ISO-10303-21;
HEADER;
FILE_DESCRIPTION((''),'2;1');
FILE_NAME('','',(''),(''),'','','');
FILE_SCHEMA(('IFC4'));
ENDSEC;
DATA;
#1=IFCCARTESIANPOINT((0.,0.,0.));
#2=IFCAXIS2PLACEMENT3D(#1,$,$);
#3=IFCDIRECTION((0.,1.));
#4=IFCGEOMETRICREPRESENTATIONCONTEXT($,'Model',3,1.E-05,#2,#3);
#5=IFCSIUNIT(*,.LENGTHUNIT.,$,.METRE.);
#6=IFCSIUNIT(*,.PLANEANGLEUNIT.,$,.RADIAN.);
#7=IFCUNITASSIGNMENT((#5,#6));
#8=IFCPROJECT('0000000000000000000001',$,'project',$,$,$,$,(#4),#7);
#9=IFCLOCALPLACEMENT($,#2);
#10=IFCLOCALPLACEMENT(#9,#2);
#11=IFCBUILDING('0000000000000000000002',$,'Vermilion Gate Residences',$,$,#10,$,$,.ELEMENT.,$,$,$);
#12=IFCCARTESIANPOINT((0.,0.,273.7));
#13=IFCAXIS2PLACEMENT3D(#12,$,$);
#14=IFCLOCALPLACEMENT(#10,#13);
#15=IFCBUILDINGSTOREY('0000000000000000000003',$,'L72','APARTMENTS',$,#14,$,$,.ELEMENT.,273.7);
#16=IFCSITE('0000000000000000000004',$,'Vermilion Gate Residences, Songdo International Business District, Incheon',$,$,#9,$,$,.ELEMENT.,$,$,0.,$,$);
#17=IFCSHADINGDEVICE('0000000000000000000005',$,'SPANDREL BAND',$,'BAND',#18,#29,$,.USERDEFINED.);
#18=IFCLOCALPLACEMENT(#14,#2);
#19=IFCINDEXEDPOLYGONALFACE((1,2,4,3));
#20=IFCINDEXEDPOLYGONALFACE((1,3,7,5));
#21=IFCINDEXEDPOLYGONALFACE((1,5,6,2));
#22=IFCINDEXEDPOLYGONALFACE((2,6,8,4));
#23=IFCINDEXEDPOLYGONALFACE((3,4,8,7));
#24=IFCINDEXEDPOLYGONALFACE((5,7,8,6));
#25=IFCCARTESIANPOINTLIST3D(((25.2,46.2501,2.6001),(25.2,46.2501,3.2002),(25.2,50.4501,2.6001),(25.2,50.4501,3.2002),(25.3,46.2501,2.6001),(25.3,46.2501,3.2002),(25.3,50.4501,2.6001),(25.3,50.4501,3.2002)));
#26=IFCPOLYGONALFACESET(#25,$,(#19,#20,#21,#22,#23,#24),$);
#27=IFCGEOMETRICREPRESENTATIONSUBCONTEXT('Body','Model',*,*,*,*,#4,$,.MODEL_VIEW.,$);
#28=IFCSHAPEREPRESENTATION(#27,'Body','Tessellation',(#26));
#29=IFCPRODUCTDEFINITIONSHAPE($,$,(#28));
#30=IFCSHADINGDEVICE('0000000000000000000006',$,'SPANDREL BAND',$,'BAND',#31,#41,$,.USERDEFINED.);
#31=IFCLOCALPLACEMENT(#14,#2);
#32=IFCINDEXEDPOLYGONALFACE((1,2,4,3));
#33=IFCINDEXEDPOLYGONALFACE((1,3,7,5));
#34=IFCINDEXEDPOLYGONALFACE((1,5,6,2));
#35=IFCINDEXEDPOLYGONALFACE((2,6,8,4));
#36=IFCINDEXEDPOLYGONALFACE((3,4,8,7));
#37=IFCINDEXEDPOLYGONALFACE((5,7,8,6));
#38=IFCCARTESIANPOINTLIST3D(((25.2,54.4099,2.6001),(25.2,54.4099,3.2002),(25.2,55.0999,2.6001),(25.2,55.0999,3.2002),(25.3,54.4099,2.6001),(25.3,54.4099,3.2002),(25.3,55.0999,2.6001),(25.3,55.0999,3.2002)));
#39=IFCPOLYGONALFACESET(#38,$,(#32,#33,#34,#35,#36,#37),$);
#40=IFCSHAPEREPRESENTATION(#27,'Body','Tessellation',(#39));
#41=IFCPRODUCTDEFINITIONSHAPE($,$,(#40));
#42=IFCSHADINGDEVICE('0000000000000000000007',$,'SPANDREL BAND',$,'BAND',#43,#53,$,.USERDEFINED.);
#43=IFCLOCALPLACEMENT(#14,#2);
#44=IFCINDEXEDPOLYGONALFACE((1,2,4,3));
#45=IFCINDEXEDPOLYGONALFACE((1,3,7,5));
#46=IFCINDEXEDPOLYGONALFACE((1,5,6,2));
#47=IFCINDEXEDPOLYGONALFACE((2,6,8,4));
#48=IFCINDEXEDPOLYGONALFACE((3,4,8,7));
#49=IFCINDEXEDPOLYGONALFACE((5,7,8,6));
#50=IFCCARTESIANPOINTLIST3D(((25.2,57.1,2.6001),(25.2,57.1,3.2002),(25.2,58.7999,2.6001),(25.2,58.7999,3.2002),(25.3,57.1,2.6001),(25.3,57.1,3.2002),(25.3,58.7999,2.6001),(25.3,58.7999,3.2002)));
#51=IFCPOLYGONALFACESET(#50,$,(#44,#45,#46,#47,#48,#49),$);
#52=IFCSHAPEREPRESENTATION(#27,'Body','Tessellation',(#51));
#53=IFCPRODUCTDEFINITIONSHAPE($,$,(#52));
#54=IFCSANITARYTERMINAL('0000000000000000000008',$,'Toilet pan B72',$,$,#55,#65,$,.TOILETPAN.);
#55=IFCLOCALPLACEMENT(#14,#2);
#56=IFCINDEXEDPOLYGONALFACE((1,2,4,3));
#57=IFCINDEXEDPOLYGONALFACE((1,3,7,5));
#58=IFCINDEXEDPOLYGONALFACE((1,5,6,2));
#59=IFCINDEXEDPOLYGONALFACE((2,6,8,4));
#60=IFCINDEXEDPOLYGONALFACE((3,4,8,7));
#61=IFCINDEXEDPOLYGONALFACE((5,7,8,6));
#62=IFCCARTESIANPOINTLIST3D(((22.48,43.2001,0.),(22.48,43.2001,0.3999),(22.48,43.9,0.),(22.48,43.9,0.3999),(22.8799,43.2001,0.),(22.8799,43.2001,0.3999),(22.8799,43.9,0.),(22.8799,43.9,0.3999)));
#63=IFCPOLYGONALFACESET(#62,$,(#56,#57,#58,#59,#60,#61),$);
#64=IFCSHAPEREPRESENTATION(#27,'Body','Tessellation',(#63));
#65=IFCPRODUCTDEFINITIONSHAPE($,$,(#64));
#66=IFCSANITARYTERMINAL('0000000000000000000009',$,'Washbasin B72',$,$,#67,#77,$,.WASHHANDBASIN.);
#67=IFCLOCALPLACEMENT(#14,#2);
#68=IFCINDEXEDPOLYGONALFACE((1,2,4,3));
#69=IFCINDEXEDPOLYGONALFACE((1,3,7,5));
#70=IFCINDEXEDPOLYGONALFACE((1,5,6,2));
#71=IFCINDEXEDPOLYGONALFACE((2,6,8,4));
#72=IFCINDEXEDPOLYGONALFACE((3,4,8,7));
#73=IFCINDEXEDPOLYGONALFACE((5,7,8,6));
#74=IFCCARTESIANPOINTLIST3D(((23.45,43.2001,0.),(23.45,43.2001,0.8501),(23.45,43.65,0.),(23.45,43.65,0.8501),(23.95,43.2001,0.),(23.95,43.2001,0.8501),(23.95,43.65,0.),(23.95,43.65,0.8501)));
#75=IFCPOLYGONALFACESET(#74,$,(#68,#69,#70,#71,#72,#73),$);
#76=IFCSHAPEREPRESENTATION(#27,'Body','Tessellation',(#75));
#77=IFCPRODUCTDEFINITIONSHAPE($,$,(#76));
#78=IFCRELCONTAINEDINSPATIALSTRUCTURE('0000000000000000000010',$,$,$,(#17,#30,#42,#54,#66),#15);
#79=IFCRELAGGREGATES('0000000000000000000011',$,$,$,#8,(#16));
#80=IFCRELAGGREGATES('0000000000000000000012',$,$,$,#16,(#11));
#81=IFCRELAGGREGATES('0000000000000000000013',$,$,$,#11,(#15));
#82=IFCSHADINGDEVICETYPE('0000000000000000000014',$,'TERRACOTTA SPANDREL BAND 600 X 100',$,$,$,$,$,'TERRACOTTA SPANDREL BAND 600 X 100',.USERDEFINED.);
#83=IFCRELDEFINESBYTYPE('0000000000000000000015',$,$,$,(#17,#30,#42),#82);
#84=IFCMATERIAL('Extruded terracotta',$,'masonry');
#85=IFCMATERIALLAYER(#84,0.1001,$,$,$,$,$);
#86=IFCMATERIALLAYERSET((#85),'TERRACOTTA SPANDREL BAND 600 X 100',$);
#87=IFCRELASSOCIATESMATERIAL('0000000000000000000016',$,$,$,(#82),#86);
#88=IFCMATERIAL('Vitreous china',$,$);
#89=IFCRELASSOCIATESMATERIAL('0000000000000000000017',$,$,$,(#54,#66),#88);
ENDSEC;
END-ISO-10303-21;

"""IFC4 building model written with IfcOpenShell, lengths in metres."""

from ifc_helpers import new_model, si_unit, direction, frame, origin, origin_2d, place, context, subcontext, project, spatial, rectangle, extrude, material, layer, layer_set, type_object, element, save


model = new_model("IFC4")

# Units and contexts
model_context = context("Model", 3, precision=1e-05, world=origin(), true_north=direction((0.0, 1.0)))
body_context = subcontext(model_context, "Body", "Model", "MODEL_VIEW")
ifc_project = project(units=[si_unit("LENGTHUNIT", "METRE"), si_unit("PLANEANGLEUNIT", "RADIAN")], contexts=[model_context])

# Site, building, storey
site_placement = place(None, origin())
site = spatial("IfcSite", under=ifc_project, at=site_placement, Name="Vermilion Gate Residences, Songdo International Business District, Incheon", CompositionType="ELEMENT", RefElevation=0.0)
building_placement = place(site_placement, origin())
building = spatial("IfcBuilding", under=site, at=building_placement, Name="Vermilion Gate Residences", CompositionType="ELEMENT")
storey_placement = place(building_placement, frame((0.0, 0.0, 273.7)))
storey = spatial("IfcBuildingStorey", under=building, at=storey_placement, Name="L72", Description="APARTMENTS", CompositionType="ELEMENT", Elevation=273.7)

# Shading devices
ifc_material_1 = material(Name="Extruded terracotta", Category="masonry")
ifc_layer_1 = layer(ifc_material_1, 0.1001)
ifc_layer_set_1 = layer_set([ifc_layer_1], Name="TERRACOTTA SPANDREL BAND 600 X 100")
shading_device_type_1 = type_object("IfcShadingDeviceType", Name="TERRACOTTA SPANDREL BAND 600 X 100", ElementType="TERRACOTTA SPANDREL BAND 600 X 100", PredefinedType="USERDEFINED", material=ifc_layer_set_1)
shading_device_1_placement = place(storey_placement, frame((25.25, 48.3501, 2.6001), z_axis=(0.0, 0.0, 1.0), x_axis=(0.0, 1.0, 0.0)))
element("IfcShadingDevice", 1, at=shading_device_1_placement, inside=storey, type_object=shading_device_type_1, Name="SPANDREL BAND", ObjectType="BAND", PredefinedType="USERDEFINED", context=body_context, shape_type="SweptSolid", body=[
    extrude(rectangle(XDim=4.2, YDim=0.1001, at=origin_2d()), origin(), (0.0, 0.0, 1.0), 0.6001),
])
shading_device_2_placement = place(storey_placement, frame((25.25, 54.7549, 2.6001), z_axis=(0.0, 0.0, 1.0), x_axis=(0.0, 1.0, 0.0)))
element("IfcShadingDevice", 2, at=shading_device_2_placement, inside=storey, type_object=shading_device_type_1, Name="SPANDREL BAND", ObjectType="BAND", PredefinedType="USERDEFINED", context=body_context, shape_type="SweptSolid", body=[
    extrude(rectangle(XDim=0.6899, YDim=0.1001, at=origin_2d()), origin(), (0.0, 0.0, 1.0), 0.6001),
])
shading_device_3_placement = place(storey_placement, frame((25.25, 57.95, 2.6001), z_axis=(0.0, 0.0, 1.0), x_axis=(0.0, 1.0, 0.0)))
element("IfcShadingDevice", 3, at=shading_device_3_placement, inside=storey, type_object=shading_device_type_1, Name="SPANDREL BAND", ObjectType="BAND", PredefinedType="USERDEFINED", context=body_context, shape_type="SweptSolid", body=[
    extrude(rectangle(XDim=1.7, YDim=0.1001, at=origin_2d()), origin(), (0.0, 0.0, 1.0), 0.6001),
])

# Sanitary terminals
ifc_material_2 = material(Name="Vitreous china")
sanitary_terminal_1_placement = place(storey_placement, frame((22.6799, 43.55, 0.0), z_axis=(0.0, 0.0, 1.0), x_axis=(1.0, 0.0, 0.0)))
element("IfcSanitaryTerminal", 4, at=sanitary_terminal_1_placement, inside=storey, material=ifc_material_2, Name="Toilet pan B72", PredefinedType="TOILETPAN", context=body_context, shape_type="SweptSolid", body=[
    extrude(rectangle(XDim=0.3999, YDim=0.7, at=origin_2d()), origin(), (0.0, 0.0, 1.0), 0.3999),
])
sanitary_terminal_2_placement = place(storey_placement, frame((23.7, 43.425, 0.0), z_axis=(0.0, 0.0, 1.0), x_axis=(1.0, 0.0, 0.0)))
element("IfcSanitaryTerminal", 5, at=sanitary_terminal_2_placement, inside=storey, material=ifc_material_2, Name="Washbasin B72", PredefinedType="WASHHANDBASIN", context=body_context, shape_type="SweptSolid", body=[
    extrude(rectangle(XDim=0.5, YDim=0.45, at=origin_2d()), origin(), (0.0, 0.0, 1.0), 0.8501),
])

save(model, "model.ifc")
